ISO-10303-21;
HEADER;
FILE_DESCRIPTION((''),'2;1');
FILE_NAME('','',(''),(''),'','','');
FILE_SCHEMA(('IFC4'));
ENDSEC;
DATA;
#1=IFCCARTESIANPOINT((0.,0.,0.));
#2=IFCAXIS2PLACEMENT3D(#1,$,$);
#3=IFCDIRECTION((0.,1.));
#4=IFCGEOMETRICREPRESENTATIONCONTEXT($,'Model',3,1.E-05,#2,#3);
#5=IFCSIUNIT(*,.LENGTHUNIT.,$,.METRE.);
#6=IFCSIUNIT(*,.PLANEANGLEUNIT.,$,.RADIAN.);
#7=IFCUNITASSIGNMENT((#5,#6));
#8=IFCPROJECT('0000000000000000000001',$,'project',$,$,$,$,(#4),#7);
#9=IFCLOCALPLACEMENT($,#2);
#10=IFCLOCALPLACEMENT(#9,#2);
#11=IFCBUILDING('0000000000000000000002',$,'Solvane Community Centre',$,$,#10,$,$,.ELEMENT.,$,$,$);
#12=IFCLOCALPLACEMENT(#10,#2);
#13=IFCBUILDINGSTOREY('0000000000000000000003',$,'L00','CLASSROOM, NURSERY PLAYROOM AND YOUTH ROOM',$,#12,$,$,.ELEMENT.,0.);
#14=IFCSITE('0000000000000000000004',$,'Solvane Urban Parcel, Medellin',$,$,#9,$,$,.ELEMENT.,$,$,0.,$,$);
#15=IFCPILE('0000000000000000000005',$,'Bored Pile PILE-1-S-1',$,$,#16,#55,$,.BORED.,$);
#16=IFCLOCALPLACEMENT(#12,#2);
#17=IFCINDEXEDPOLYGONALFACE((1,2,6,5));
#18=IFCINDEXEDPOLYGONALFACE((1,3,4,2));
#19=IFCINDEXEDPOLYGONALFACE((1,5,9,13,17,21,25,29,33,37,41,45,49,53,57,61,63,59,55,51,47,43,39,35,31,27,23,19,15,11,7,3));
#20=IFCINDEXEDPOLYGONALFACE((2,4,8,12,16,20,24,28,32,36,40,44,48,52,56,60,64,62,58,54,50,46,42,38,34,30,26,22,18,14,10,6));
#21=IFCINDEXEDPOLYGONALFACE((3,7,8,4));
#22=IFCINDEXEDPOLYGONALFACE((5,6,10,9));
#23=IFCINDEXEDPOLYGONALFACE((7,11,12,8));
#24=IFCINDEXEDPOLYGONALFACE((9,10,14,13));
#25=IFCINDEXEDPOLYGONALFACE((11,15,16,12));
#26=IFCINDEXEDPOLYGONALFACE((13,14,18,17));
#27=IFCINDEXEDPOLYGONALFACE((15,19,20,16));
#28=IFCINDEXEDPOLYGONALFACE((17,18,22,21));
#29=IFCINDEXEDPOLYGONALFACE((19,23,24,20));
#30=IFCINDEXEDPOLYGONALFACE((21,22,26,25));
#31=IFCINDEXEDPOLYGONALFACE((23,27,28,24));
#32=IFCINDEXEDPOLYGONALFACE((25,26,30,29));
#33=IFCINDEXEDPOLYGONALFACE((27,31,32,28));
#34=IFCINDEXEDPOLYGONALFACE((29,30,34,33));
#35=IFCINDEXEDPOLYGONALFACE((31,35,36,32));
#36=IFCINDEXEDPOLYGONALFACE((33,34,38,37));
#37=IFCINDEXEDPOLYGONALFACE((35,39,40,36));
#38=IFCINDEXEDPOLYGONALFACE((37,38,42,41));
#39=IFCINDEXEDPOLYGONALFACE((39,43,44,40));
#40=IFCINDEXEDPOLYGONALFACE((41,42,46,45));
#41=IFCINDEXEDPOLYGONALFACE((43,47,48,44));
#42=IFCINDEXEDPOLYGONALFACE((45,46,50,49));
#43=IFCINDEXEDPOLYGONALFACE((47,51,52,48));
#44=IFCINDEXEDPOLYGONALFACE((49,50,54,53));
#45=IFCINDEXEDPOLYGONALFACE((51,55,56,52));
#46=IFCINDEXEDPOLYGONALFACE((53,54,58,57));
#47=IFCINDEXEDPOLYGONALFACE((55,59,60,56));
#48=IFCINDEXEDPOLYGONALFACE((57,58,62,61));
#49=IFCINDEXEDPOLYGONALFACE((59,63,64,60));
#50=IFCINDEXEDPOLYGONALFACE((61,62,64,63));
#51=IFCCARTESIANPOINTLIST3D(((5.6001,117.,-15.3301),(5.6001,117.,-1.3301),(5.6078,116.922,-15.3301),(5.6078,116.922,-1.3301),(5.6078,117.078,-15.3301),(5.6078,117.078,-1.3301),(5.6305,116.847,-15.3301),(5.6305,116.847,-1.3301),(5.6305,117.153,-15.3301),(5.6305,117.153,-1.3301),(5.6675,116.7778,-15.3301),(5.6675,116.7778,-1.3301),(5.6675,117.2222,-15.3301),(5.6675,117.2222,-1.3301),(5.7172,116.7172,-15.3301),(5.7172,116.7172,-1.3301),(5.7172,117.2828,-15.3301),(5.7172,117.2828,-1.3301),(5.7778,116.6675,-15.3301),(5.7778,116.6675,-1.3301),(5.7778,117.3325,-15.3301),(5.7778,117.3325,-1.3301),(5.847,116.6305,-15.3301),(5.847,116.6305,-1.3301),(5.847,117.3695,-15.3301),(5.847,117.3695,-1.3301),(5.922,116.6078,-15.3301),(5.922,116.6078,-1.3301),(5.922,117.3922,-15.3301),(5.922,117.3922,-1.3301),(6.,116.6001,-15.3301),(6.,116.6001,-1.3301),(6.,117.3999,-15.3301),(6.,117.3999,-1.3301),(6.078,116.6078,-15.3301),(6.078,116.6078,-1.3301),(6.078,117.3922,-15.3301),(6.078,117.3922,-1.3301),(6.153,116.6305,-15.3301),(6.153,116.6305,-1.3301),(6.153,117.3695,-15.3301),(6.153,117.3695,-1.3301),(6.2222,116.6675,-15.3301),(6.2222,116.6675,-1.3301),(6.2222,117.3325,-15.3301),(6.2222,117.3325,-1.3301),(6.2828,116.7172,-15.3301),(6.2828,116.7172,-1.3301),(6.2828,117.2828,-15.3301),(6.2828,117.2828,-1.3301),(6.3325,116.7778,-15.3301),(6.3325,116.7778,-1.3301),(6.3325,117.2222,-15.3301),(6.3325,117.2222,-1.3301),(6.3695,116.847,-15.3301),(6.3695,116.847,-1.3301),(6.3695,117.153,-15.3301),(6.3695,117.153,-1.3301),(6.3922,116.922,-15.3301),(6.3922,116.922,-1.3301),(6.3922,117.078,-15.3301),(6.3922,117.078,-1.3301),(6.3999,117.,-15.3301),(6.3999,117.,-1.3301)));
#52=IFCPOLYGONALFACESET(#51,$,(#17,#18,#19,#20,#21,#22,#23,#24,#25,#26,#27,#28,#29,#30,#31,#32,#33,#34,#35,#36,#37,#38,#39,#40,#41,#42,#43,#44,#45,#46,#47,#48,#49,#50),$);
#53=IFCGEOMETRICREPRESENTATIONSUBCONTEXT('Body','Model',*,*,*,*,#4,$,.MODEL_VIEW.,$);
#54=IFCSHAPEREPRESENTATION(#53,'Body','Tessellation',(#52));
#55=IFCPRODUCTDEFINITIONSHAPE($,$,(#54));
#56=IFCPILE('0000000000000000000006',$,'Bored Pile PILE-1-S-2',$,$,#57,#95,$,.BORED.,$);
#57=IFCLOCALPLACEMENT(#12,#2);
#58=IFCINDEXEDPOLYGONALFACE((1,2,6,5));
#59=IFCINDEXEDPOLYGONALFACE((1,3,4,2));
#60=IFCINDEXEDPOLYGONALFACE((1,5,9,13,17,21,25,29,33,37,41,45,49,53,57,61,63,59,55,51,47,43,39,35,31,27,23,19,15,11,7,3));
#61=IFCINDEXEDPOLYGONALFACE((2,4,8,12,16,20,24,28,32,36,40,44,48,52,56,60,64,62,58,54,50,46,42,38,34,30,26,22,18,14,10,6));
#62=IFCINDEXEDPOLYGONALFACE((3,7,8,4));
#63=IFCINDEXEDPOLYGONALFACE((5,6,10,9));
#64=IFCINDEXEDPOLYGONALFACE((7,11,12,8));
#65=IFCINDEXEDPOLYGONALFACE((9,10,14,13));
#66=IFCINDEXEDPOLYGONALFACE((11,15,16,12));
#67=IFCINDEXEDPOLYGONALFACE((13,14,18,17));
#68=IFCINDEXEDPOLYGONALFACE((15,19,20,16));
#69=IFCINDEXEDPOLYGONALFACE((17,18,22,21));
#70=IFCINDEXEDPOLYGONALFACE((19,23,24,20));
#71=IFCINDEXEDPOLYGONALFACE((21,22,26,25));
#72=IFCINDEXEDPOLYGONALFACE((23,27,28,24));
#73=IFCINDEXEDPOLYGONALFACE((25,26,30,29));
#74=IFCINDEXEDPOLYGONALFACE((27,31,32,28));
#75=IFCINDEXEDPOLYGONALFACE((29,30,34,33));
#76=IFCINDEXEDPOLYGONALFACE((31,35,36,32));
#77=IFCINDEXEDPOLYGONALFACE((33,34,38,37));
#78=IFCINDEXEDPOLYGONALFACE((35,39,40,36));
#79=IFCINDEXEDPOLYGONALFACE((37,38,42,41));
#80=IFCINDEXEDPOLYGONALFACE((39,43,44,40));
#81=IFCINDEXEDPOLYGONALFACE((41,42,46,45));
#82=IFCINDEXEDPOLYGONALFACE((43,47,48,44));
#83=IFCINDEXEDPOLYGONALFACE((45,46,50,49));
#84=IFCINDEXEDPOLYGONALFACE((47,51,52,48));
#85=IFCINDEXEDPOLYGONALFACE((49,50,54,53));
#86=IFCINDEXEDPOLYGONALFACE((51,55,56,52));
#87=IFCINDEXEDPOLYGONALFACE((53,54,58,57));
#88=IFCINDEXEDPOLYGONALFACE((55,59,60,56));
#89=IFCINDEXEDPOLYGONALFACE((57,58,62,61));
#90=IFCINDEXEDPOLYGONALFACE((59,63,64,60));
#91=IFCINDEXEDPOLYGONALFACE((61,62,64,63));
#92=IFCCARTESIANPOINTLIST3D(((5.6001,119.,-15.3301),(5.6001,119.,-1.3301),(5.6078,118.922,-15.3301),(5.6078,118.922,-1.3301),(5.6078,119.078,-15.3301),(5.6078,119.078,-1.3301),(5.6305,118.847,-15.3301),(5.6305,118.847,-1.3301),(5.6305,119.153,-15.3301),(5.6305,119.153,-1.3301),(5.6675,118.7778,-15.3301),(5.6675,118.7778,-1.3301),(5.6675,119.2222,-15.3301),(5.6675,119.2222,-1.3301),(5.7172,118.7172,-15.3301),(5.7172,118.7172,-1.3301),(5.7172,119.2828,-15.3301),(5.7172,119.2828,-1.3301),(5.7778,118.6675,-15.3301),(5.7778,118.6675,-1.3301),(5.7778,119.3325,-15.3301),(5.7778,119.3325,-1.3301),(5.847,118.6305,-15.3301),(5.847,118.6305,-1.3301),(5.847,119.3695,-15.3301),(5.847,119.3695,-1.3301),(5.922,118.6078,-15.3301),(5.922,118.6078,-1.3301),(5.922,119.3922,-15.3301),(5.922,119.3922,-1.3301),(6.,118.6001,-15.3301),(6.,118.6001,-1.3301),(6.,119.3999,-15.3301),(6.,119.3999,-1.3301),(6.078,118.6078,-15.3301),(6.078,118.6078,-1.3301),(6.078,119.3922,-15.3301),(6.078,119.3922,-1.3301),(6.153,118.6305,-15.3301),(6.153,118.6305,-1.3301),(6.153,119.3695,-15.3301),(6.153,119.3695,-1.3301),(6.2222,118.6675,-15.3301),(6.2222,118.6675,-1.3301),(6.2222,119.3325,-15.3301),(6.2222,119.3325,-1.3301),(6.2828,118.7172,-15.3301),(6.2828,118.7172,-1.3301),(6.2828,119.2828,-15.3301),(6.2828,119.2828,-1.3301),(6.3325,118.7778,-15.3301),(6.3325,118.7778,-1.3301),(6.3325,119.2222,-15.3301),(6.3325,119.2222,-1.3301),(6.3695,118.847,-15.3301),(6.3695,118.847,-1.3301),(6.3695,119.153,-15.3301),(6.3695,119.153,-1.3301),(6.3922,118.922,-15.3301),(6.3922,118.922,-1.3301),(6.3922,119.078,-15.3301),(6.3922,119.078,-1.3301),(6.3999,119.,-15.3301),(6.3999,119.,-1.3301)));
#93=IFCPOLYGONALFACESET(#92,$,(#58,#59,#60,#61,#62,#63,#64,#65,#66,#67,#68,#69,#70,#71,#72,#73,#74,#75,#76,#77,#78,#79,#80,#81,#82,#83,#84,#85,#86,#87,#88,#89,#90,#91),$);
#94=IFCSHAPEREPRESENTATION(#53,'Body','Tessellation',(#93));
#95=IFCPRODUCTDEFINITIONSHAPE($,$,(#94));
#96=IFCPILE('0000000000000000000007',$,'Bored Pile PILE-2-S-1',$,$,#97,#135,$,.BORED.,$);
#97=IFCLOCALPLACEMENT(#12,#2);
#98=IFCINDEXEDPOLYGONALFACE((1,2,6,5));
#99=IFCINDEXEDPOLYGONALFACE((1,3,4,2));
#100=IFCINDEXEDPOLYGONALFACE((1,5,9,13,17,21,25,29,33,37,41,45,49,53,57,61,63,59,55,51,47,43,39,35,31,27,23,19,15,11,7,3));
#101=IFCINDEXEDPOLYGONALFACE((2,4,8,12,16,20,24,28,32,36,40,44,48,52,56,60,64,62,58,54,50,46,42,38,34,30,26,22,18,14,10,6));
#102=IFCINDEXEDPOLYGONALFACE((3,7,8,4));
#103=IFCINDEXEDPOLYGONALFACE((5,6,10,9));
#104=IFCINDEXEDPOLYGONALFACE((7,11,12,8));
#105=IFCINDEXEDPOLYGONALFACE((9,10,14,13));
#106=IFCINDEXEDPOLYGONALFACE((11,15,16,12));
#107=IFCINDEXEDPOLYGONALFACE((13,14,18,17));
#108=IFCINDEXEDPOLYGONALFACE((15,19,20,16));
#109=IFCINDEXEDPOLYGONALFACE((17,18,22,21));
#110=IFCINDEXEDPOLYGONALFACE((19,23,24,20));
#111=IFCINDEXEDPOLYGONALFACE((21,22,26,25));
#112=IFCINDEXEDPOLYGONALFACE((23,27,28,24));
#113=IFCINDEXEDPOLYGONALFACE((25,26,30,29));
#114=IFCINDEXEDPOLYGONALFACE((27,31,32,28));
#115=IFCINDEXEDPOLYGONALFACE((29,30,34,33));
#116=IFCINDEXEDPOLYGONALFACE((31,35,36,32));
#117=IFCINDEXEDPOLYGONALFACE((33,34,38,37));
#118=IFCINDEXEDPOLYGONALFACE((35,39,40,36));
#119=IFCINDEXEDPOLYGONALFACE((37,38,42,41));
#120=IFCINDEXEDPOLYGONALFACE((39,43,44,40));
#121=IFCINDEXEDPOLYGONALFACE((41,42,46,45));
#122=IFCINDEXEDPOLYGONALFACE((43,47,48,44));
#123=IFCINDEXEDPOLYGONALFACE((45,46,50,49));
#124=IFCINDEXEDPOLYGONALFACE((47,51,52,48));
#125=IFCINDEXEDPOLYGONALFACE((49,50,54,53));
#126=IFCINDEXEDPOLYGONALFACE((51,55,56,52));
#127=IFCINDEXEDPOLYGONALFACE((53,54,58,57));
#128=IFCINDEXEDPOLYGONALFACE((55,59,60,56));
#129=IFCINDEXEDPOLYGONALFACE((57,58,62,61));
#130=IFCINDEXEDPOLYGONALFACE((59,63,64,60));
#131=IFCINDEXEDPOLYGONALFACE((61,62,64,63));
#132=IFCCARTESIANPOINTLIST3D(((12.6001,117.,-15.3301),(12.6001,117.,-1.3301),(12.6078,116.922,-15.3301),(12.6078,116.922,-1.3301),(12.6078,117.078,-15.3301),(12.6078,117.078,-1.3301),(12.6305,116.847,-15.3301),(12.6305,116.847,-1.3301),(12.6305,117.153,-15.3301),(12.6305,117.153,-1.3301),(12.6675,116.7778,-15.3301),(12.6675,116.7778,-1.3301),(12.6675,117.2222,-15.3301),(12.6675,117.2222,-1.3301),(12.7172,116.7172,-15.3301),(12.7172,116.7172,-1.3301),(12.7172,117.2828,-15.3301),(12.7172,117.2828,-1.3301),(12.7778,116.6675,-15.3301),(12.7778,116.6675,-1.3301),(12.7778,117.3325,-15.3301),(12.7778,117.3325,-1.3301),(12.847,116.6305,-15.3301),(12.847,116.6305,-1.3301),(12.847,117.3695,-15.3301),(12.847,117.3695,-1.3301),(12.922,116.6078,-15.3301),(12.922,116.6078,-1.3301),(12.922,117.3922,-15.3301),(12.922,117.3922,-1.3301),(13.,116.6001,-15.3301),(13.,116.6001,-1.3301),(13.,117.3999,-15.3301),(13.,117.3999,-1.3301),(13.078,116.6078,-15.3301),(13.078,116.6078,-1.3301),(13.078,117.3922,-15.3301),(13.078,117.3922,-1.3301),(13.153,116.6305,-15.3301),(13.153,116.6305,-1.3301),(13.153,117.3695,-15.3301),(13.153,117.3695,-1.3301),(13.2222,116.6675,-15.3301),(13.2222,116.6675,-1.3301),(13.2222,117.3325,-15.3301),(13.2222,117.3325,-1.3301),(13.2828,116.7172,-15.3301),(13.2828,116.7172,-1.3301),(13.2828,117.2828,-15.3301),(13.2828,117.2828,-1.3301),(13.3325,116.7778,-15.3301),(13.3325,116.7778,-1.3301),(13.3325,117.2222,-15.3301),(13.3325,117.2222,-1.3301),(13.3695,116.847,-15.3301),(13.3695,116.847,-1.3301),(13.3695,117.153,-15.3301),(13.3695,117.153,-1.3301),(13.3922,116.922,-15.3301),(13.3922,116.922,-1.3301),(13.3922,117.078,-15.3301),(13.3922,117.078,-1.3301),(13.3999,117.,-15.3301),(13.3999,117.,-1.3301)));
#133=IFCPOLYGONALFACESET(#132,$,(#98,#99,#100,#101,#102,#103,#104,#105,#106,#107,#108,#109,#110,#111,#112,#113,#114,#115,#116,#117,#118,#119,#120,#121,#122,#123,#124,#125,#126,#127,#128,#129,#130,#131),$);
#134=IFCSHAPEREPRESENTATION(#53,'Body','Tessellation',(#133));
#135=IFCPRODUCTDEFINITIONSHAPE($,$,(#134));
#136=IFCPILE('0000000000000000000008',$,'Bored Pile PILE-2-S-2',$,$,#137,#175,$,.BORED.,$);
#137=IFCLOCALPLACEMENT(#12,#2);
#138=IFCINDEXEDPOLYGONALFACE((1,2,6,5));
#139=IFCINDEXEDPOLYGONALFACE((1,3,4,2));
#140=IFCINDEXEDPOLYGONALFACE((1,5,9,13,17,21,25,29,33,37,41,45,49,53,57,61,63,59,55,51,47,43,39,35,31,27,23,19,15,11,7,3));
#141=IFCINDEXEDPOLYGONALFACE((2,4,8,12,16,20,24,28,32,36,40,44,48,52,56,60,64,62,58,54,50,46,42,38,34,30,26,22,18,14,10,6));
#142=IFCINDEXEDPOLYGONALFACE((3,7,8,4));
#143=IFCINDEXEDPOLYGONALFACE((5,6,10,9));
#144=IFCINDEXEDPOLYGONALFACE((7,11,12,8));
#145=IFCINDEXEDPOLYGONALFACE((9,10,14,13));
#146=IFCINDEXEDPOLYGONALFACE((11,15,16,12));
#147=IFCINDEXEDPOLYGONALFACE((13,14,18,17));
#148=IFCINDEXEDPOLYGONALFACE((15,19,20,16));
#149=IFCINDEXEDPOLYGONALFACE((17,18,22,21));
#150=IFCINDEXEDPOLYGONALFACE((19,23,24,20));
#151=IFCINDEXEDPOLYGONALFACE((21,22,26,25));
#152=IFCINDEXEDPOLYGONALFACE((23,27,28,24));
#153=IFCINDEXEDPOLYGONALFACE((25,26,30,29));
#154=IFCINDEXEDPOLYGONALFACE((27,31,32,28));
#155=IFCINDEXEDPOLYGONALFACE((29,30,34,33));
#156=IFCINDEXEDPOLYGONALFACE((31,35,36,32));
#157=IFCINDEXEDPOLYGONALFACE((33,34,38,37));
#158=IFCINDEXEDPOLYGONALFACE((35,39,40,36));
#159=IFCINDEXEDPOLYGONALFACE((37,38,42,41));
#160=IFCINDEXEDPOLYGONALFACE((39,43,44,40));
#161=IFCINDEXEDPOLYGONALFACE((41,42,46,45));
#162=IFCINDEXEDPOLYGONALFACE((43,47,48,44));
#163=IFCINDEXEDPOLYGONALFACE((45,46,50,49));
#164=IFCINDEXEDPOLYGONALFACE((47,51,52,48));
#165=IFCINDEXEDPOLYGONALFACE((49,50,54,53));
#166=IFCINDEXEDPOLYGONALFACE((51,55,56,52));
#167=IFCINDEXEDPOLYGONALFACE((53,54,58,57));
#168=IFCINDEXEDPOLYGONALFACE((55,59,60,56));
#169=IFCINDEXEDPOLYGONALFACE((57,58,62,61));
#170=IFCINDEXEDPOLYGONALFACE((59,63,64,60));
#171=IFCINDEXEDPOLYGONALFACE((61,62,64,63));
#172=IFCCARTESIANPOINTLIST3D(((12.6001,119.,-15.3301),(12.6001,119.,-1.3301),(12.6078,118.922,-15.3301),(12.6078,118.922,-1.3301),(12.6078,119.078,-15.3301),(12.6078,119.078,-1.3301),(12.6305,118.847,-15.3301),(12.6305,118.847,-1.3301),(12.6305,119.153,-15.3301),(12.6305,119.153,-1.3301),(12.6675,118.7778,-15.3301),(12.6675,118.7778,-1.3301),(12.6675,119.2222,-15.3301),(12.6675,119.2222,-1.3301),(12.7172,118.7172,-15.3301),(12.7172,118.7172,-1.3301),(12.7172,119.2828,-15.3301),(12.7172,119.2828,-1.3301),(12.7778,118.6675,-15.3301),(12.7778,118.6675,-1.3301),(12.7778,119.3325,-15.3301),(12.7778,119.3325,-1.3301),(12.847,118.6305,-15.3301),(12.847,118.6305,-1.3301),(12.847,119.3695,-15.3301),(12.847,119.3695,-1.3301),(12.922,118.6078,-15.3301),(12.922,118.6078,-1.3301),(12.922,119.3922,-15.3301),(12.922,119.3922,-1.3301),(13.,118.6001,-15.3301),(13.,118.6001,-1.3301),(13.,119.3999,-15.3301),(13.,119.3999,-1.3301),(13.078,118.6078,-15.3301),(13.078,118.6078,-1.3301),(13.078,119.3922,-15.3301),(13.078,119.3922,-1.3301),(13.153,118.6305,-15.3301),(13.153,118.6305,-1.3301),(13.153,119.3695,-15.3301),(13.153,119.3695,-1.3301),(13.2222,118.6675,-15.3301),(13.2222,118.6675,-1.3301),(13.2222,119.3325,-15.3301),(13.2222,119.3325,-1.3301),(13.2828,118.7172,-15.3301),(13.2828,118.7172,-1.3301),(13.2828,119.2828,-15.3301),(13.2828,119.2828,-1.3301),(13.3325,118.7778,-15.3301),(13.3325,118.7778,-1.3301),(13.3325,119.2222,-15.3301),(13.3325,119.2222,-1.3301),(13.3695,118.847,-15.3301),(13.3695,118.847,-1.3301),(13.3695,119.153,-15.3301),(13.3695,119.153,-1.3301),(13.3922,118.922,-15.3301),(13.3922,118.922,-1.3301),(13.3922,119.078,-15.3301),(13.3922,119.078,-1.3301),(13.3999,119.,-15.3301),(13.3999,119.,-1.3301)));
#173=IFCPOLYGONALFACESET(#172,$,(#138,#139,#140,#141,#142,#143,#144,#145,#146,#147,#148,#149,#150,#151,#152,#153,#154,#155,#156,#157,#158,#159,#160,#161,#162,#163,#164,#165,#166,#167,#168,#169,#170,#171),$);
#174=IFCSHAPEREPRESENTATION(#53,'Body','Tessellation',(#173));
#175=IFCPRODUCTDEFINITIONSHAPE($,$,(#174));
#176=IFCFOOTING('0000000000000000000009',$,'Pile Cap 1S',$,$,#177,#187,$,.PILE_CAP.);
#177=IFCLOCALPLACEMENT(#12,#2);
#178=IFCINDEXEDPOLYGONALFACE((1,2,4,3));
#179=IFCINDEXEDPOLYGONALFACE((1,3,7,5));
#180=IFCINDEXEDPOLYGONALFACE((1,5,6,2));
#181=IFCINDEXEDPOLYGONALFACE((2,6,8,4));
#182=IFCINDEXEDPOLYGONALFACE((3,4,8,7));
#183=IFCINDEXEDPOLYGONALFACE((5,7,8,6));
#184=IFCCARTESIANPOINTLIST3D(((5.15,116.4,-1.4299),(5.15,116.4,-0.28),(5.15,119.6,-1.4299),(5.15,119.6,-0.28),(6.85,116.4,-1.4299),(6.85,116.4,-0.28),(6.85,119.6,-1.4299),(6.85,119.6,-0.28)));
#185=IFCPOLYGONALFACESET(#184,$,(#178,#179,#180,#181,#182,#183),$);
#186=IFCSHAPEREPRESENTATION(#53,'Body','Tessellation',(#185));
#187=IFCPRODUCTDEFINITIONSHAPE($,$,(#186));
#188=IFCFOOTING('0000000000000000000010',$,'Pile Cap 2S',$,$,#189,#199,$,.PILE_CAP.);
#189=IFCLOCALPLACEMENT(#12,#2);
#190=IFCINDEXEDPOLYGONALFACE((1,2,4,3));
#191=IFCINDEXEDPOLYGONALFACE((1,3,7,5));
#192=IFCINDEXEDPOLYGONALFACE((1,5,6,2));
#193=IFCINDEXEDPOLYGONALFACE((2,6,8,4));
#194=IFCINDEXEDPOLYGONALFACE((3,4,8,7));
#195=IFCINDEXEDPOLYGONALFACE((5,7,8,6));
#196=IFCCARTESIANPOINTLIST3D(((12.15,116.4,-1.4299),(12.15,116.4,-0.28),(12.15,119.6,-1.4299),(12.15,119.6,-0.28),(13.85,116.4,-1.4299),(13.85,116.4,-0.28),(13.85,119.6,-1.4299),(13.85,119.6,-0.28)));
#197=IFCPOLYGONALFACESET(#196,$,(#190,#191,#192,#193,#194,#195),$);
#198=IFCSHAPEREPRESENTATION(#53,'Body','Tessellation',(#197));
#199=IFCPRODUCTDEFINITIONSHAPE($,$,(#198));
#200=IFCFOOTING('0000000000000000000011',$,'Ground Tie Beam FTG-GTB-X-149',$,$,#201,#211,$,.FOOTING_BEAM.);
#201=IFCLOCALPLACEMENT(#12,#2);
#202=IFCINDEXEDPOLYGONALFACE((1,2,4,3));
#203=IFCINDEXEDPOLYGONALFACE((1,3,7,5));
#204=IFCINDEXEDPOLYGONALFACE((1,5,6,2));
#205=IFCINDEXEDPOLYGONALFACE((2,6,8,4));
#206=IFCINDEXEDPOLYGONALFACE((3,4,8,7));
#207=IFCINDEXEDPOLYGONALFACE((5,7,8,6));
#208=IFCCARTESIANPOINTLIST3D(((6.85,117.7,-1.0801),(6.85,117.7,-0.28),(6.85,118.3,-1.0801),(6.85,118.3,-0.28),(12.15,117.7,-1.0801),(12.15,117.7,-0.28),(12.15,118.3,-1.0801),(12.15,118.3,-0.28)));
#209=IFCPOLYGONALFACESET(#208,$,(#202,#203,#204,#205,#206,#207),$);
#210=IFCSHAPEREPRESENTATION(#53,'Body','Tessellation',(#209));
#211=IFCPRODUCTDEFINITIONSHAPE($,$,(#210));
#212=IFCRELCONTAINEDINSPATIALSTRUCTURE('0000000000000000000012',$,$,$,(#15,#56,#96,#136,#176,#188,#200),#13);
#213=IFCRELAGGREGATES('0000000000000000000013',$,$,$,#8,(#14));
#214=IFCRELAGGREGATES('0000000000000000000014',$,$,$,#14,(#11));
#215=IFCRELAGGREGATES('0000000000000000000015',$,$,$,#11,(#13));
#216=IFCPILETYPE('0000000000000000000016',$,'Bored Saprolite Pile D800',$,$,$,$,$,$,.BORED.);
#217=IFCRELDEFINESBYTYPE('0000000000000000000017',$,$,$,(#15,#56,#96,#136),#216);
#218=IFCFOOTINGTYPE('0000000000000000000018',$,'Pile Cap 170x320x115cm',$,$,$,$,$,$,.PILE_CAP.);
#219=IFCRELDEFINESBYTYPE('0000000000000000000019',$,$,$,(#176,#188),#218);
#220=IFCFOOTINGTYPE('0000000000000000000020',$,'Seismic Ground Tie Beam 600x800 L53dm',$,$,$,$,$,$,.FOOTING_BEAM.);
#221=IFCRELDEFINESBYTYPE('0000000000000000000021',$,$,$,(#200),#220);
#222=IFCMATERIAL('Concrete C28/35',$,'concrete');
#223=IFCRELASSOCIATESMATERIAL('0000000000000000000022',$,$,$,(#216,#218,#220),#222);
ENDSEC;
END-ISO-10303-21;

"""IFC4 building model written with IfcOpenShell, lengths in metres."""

from ifc_helpers import new_model, si_unit, direction, frame, origin, origin_2d, place, context, subcontext, project, spatial, rectangle, circle, extrude, material, material_profile, profile_set, type_object, element, save


model = new_model("IFC4")

# Units and contexts
model_context = context("Model", 3, precision=1e-05, world=origin(), true_north=direction((0.0, 1.0)))
body_context = subcontext(model_context, "Body", "Model", "MODEL_VIEW")
ifc_project = project(units=[si_unit("LENGTHUNIT", "METRE"), si_unit("PLANEANGLEUNIT", "RADIAN")], contexts=[model_context])

# Site, building, storey
site_placement = place(None, origin())
site = spatial("IfcSite", under=ifc_project, at=site_placement, Name="Solvane Urban Parcel, Medellin", CompositionType="ELEMENT", RefElevation=0.0)
building_placement = place(site_placement, origin())
building = spatial("IfcBuilding", under=site, at=building_placement, Name="Solvane Community Centre", CompositionType="ELEMENT")
storey_placement = place(building_placement, origin())
storey = spatial("IfcBuildingStorey", under=building, at=storey_placement, Name="L00", Description="CLASSROOM, NURSERY PLAYROOM AND YOUTH ROOM", CompositionType="ELEMENT", Elevation=0.0)

# Piles
ifc_material_1 = material(Name="Concrete C28/35", Category="concrete")
ifc_material_profile_1 = material_profile(ifc_material_1, circle(Radius=0.3999, at=origin_2d()), Name="PILE D800")
ifc_profile_set_1 = profile_set([ifc_material_profile_1], Name="Concrete C28/35")
pile_type = type_object("IfcPileType", Name="Bored Saprolite Pile D800", PredefinedType="BORED", material=ifc_profile_set_1)
for number, where, z_axis, x_axis, name in (
    (1, (6.0, 117.0, -1.3301), (0.0, 0.0, -1.0), (1.0, 0.0, 0.0), "Bored Pile PILE-1-S-1"),
    (2, (6.0, 119.0, -1.3301), (0.0, 0.0, -1.0), (1.0, 0.0, 0.0), "Bored Pile PILE-1-S-2"),
    (3, (13.0, 117.0, -1.3301), (0.0, 0.0, -1.0), (1.0, 0.0, 0.0), "Bored Pile PILE-2-S-1"),
    (4, (13.0, 119.0, -1.3301), (0.0, 0.0, -1.0), (1.0, 0.0, 0.0), "Bored Pile PILE-2-S-2"),
):
    element("IfcPile", number, at=place(storey_placement, frame(where, z_axis=z_axis, x_axis=x_axis)), inside=storey, type_object=pile_type, Name=name, PredefinedType="BORED", context=body_context, shape_type="SweptSolid", body=[
        extrude(circle(Radius=0.3999, at=origin_2d()), origin(), (0.0, 0.0, 1.0), 14.0),
    ])

# Footings
footing_type_1 = type_object("IfcFootingType", Name="Pile Cap 170x320x115cm", PredefinedType="PILE_CAP", material=ifc_material_1)
for number, where, z_axis, x_axis, name in (
    (5, (6.0, 118.0, -1.4299), (0.0, 0.0, 1.0), (1.0, 0.0, 0.0), "Pile Cap 1S"),
    (6, (13.0, 118.0, -1.4299), (0.0, 0.0, 1.0), (1.0, 0.0, 0.0), "Pile Cap 2S"),
):
    element("IfcFooting", number, at=place(storey_placement, frame(where, z_axis=z_axis, x_axis=x_axis)), inside=storey, type_object=footing_type_1, Name=name, PredefinedType="PILE_CAP", context=body_context, shape_type="SweptSolid", body=[
        extrude(rectangle(XDim=1.7, YDim=3.2, at=origin_2d()), origin(), (0.0, 0.0, 1.0), 1.1499),
    ])
footing_type_2 = type_object("IfcFootingType", Name="Seismic Ground Tie Beam 600x800 L53dm", PredefinedType="FOOTING_BEAM", material=ifc_material_1)
footing_placement = place(storey_placement, frame((9.5, 118.0, -1.0801), z_axis=(0.0, 0.0, 1.0), x_axis=(1.0, 0.0, 0.0)))
element("IfcFooting", 7, at=footing_placement, inside=storey, type_object=footing_type_2, Name="Ground Tie Beam FTG-GTB-X-149", PredefinedType="FOOTING_BEAM", context=body_context, shape_type="SweptSolid", body=[
    extrude(rectangle(XDim=5.3, YDim=0.6001, at=origin_2d()), origin(), (0.0, 0.0, 1.0), 0.8),
])

save(model, "model.ifc")
